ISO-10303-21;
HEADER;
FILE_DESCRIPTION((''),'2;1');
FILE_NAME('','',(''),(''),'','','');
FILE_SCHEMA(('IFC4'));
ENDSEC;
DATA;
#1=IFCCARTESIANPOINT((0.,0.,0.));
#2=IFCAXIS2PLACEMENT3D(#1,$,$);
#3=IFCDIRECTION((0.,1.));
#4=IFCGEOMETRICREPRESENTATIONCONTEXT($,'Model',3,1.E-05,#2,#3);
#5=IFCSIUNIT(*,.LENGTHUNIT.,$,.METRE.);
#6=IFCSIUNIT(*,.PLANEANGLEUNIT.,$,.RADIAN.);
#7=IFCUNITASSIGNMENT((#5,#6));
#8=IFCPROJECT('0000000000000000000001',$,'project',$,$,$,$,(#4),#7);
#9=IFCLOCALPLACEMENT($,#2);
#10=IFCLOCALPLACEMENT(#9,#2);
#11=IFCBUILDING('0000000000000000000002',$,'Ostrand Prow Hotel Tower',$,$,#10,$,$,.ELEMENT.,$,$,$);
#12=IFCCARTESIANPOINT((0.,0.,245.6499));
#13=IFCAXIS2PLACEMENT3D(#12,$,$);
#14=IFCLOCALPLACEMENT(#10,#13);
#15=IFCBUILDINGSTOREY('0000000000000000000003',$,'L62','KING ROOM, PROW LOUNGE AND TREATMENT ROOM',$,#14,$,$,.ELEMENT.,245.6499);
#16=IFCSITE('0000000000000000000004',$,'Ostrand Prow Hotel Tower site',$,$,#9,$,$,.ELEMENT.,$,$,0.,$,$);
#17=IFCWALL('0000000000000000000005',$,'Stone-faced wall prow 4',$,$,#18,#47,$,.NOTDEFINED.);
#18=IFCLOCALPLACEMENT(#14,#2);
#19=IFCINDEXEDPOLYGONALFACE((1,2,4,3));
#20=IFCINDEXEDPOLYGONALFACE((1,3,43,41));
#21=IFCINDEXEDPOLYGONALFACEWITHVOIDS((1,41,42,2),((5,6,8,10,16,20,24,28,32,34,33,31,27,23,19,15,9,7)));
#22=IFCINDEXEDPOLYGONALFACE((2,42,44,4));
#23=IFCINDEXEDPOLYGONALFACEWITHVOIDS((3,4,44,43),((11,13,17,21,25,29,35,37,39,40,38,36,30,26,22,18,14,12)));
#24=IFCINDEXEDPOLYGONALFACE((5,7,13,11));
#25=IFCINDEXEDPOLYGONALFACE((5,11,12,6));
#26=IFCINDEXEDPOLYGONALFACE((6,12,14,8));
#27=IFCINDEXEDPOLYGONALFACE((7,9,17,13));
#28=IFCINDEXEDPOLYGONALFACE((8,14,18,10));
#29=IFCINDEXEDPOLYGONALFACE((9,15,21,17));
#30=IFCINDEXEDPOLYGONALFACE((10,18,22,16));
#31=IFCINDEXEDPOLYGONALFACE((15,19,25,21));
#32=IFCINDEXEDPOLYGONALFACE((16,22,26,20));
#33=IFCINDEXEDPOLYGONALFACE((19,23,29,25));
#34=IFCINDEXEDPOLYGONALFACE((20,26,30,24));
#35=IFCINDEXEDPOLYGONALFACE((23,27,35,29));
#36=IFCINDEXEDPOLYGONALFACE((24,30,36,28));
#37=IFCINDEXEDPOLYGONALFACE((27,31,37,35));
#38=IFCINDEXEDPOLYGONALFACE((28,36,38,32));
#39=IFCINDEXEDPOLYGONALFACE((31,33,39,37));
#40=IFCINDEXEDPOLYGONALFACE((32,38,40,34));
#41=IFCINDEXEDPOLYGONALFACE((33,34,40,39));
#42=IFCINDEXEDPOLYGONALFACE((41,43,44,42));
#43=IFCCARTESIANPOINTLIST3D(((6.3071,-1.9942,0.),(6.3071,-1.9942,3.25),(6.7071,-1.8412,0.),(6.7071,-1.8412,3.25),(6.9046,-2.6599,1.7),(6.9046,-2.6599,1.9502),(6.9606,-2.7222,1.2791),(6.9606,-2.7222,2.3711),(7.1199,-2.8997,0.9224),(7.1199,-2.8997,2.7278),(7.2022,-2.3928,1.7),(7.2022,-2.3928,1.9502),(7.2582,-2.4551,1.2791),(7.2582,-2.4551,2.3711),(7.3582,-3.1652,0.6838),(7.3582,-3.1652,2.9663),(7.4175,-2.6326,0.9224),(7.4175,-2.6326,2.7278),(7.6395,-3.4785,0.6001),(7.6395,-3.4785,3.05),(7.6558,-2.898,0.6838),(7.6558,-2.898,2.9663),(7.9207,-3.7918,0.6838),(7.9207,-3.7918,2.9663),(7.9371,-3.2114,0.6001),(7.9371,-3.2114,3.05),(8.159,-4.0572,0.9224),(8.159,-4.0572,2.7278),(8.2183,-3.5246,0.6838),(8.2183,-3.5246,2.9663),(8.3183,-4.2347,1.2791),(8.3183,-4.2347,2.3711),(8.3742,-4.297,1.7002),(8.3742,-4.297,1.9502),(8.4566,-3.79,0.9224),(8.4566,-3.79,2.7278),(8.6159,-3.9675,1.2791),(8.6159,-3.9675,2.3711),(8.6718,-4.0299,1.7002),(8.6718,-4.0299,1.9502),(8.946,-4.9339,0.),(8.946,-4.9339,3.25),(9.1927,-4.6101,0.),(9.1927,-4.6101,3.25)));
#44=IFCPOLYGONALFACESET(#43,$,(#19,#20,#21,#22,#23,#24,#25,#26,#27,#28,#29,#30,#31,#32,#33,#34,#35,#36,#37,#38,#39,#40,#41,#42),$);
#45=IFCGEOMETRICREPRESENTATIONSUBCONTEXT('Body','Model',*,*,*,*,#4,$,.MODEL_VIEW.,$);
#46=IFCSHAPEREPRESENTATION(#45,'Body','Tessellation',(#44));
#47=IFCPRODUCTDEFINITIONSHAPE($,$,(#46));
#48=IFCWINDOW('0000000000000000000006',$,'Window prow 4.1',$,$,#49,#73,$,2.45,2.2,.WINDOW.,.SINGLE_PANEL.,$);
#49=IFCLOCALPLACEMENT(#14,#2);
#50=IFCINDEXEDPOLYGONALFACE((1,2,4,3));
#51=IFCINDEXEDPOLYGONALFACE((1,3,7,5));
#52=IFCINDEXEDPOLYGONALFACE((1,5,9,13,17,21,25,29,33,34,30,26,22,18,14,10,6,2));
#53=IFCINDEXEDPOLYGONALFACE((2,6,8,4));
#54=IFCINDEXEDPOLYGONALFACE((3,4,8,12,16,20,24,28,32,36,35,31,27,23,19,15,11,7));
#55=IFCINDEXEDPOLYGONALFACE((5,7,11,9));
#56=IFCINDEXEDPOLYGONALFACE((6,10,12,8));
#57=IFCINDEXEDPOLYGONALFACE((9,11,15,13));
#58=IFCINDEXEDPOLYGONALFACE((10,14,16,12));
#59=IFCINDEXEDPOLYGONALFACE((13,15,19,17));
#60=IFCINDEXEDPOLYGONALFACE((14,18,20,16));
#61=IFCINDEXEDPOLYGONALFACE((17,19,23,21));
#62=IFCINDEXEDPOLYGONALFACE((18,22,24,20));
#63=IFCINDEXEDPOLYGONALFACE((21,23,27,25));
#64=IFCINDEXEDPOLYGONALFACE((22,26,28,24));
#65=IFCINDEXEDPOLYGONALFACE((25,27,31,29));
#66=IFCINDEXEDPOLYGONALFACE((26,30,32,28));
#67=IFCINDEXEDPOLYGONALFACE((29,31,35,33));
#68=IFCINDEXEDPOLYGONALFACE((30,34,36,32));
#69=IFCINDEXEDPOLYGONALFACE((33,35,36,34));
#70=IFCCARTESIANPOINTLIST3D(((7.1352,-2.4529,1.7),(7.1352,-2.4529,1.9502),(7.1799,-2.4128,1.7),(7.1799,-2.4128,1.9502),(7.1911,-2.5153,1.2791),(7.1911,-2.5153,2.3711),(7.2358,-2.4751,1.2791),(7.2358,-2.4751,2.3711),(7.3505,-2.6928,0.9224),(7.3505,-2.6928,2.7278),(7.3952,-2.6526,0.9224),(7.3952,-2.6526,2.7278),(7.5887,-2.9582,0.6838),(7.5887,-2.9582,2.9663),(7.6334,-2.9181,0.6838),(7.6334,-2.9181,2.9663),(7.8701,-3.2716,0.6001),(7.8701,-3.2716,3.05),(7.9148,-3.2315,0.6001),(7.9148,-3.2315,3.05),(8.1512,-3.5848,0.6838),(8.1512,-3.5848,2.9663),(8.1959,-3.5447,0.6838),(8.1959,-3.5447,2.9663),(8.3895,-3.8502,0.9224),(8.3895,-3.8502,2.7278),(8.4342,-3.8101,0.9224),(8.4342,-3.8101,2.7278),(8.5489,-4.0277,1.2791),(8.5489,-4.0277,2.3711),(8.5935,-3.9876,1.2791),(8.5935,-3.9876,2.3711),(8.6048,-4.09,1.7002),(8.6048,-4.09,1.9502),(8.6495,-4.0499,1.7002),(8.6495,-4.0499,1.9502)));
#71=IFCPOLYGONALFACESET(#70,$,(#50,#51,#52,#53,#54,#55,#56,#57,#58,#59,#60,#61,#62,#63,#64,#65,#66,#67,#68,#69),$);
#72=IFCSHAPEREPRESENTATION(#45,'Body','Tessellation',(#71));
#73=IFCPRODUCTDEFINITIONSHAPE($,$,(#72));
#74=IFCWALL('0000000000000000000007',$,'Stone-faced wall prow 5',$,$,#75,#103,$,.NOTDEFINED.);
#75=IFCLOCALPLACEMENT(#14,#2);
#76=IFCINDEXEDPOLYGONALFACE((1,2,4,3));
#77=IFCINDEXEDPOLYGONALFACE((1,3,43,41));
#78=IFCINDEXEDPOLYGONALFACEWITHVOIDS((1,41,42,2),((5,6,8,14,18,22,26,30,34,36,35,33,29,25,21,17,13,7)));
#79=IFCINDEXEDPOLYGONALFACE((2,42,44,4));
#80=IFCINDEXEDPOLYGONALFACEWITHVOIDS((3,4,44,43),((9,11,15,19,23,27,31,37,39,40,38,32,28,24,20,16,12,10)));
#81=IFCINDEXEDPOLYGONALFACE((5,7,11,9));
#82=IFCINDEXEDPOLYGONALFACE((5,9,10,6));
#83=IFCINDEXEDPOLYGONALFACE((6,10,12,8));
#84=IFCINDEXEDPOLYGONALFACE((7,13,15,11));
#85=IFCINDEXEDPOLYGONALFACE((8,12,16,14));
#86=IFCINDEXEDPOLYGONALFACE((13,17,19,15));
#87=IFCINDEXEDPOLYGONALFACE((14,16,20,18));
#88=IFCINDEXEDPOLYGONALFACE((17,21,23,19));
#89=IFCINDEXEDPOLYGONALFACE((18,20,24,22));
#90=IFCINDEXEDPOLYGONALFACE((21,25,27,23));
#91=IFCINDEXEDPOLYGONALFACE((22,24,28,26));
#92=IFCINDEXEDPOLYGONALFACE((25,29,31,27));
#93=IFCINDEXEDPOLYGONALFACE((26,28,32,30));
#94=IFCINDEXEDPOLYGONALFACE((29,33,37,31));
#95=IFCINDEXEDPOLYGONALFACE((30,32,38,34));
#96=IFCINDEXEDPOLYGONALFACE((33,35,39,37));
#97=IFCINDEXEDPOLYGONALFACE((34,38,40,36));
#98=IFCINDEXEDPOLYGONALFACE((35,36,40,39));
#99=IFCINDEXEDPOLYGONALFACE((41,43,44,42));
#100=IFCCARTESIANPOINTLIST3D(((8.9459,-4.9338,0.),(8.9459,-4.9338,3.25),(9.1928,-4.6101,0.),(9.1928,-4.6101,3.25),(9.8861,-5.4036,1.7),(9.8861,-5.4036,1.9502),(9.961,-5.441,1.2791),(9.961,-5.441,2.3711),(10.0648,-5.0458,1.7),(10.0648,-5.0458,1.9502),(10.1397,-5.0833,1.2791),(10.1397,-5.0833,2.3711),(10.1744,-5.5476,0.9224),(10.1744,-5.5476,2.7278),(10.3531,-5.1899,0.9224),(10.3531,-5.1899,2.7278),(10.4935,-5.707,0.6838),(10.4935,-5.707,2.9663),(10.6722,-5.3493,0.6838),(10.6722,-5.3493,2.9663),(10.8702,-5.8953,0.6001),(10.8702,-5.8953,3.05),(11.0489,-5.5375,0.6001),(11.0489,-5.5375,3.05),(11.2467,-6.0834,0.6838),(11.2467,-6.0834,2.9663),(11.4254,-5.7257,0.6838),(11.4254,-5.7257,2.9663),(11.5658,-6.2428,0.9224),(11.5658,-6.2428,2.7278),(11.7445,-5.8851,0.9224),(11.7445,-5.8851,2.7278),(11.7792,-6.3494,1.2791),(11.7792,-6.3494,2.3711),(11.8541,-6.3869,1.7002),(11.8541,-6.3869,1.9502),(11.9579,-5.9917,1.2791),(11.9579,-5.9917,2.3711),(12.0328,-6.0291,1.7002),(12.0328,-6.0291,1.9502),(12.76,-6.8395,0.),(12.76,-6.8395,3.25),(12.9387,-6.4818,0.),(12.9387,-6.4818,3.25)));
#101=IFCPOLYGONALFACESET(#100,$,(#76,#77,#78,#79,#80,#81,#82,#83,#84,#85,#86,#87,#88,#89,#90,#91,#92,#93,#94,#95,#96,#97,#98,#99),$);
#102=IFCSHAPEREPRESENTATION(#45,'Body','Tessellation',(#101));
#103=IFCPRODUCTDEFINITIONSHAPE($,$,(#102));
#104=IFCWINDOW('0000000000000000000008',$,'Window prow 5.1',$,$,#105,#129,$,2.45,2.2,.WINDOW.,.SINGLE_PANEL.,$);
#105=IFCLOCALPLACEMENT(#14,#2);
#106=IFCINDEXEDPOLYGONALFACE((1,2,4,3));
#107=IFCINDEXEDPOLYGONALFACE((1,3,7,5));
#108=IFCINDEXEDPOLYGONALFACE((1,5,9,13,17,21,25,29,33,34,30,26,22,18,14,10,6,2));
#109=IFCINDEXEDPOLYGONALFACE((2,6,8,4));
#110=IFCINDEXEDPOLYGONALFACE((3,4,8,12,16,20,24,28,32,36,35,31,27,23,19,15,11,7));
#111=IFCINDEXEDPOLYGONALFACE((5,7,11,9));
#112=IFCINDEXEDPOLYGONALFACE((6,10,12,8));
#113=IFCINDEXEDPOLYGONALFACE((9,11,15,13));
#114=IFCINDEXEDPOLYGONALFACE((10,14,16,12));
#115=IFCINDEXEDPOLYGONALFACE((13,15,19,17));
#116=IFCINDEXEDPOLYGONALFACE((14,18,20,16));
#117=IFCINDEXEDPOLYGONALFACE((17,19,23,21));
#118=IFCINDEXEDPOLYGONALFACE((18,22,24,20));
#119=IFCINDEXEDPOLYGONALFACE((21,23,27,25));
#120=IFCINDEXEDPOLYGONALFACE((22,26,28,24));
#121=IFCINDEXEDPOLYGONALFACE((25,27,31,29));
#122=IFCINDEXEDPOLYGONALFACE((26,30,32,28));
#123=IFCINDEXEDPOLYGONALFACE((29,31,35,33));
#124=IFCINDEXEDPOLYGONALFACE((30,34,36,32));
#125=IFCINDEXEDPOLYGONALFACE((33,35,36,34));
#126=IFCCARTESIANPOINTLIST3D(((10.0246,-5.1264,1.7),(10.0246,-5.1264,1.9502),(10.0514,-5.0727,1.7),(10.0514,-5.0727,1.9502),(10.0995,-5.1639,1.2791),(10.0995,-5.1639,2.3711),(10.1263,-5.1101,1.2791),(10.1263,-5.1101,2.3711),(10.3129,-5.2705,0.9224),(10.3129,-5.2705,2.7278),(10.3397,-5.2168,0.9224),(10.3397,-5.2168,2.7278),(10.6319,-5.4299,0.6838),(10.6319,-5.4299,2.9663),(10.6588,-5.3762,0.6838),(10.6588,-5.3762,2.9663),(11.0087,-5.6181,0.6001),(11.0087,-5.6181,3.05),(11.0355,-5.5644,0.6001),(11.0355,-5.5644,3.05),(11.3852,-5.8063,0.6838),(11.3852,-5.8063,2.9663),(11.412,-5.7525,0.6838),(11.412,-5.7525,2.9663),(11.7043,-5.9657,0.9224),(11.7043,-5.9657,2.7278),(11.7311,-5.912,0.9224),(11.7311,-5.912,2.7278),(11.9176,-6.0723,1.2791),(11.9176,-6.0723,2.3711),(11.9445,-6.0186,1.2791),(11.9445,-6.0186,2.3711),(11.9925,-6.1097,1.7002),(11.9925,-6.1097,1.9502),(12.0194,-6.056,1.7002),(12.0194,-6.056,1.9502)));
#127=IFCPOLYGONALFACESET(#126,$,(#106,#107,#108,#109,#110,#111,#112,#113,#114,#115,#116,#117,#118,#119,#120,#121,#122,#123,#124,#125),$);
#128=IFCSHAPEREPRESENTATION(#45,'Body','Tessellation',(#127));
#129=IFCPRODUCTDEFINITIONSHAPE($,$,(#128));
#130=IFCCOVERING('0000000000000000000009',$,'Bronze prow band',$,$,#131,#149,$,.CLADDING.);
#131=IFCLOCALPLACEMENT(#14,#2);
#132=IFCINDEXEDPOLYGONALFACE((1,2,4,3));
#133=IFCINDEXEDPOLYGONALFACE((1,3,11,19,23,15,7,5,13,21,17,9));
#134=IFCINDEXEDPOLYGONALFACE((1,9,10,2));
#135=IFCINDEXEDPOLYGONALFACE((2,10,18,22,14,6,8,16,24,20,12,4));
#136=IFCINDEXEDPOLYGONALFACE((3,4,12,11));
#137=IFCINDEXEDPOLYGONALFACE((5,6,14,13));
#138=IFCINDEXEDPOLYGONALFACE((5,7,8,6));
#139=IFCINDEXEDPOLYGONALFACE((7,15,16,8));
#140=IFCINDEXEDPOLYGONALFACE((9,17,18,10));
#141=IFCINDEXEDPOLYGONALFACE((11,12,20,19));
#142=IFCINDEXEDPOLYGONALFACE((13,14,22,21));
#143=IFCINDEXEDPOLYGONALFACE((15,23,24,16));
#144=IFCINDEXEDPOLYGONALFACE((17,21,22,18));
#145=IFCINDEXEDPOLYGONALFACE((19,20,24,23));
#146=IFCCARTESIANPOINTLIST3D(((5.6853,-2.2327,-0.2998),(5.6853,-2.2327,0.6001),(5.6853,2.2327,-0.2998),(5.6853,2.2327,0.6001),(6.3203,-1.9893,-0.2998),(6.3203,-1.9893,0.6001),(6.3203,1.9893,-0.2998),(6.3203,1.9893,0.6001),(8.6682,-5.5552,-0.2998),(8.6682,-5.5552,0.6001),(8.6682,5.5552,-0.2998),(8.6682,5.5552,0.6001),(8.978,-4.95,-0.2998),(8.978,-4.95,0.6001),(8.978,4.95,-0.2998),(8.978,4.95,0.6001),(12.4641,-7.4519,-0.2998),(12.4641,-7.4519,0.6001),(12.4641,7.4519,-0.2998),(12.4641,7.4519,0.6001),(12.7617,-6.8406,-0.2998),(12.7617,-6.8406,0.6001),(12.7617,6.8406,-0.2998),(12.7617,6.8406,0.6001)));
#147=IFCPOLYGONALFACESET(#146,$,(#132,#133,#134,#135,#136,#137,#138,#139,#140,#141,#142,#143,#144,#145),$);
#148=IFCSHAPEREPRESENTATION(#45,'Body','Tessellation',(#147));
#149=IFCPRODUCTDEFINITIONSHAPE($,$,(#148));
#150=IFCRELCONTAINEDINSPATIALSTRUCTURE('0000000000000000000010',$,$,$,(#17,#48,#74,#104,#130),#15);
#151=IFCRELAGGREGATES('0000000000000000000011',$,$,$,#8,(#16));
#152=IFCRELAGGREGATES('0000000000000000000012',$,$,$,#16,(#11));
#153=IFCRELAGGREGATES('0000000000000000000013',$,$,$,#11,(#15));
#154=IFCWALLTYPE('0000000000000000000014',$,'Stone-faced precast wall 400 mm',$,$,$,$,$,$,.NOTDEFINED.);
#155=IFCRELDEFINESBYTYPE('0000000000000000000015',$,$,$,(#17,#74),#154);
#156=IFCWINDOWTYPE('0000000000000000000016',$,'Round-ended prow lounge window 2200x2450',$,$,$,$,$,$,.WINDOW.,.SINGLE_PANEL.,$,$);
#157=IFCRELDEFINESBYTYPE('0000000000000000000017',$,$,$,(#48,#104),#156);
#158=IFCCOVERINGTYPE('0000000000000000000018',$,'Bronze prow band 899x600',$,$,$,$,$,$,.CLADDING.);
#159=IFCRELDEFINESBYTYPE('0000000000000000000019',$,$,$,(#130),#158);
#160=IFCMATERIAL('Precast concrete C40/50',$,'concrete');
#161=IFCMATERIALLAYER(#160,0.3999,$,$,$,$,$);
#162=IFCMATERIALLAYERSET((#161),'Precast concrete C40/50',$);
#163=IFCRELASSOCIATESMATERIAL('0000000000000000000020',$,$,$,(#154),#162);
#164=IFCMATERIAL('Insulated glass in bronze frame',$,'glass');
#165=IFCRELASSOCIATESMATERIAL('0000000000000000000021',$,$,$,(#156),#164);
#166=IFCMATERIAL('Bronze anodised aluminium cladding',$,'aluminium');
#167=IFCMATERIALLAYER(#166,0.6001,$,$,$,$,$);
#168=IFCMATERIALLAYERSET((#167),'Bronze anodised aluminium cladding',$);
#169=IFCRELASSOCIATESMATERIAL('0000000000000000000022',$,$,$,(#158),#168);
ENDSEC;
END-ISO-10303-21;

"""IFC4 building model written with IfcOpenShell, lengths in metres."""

from ifc_helpers import new_model, si_unit, direction, frame, origin, place, context, subcontext, project, spatial, polyline, outline, extrude, material, layer, layer_set, type_object, element, fill, save


model = new_model("IFC4")

# Units and contexts
model_context = context("Model", 3, precision=1e-05, world=origin(), true_north=direction((0.0, 1.0)))
body_context = subcontext(model_context, "Body", "Model", "MODEL_VIEW")
ifc_project = project(units=[si_unit("LENGTHUNIT", "METRE"), si_unit("PLANEANGLEUNIT", "RADIAN")], contexts=[model_context])

# Site, building, storey
site_placement = place(None, origin())
site = spatial("IfcSite", under=ifc_project, at=site_placement, Name="Ostrand Prow Hotel Tower site", CompositionType="ELEMENT", RefElevation=0.0)
building_placement = place(site_placement, origin())
building = spatial("IfcBuilding", under=site, at=building_placement, Name="Ostrand Prow Hotel Tower", CompositionType="ELEMENT")
storey_placement = place(building_placement, frame((0.0, 0.0, 245.6499)))
storey = spatial("IfcBuildingStorey", under=building, at=storey_placement, Name="L62", Description="KING ROOM, PROW LOUNGE AND TREATMENT ROOM", CompositionType="ELEMENT", Elevation=245.6499)

# Walls, openings, windows
ifc_material_1 = material(Name="Precast concrete C40/50", Category="concrete")
ifc_layer_1 = layer(ifc_material_1, 0.3999)
ifc_layer_set_1 = layer_set([ifc_layer_1], Name="Precast concrete C40/50")
wall_type_1 = type_object("IfcWallType", Name="Stone-faced precast wall 400 mm", PredefinedType="NOTDEFINED", material=ifc_layer_set_1)
wall_1_placement = place(storey_placement, frame((6.5071, -1.9177, 0.0), z_axis=(0.0, 0.0, 1.0), x_axis=(0.668018, -0.744145, 0.0)))
wall_1 = element("IfcWall", 1, at=wall_1_placement, inside=storey, type_object=wall_type_1, Name="Stone-faced wall prow 4", PredefinedType="NOTDEFINED", context=body_context, shape_type="SweptSolid", body=[
    extrude(outline(polyline([(-0.0767, -0.2), (3.8738, -0.2), (3.7976, 0.2), (0.0767, 0.2), (-0.0767, -0.2)])), origin(), (0.0, 0.0, 1.0), 3.25),
])
opening_1_placement = place(wall_1_placement, frame((0.8179, 0.0, 0.6001)))
opening_1 = element("IfcOpeningElement", 2, at=opening_1_placement, cuts=wall_1, PredefinedType="OPENING", context=body_context, shape_type="SweptSolid", body=[
    extrude(outline(polyline([(0.0, 1.3501), (0.0837, 1.771), (0.3223, 2.1277), (0.679, 2.3662), (1.1001, 2.45), (1.521, 2.3662), (1.8777, 2.1277), (2.1162, 1.771), (2.2, 1.3501), (2.2, 1.1001), (2.1162, 0.679), (1.8777, 0.3223), (1.521, 0.0837), (1.1001, 0.0), (0.679, 0.0837), (0.3223, 0.3223), (0.0837, 0.679), (0.0, 1.0999), (0.0, 1.3501)])), frame((0.0, 0.21, 0.0), z_axis=(0.0, -1.0, 0.0), x_axis=(1.0, 0.0, 0.0)), (0.0, 0.0, 1.0), 0.4199),
])
ifc_material_2 = material(Name="Insulated glass in bronze frame", Category="glass")
window_type = type_object("IfcWindowType", Name="Round-ended prow lounge window 2200x2450", PartitioningType="SINGLE_PANEL", PredefinedType="WINDOW", material=ifc_material_2)
window_1_placement = place(opening_1_placement, origin())
window_1 = element("IfcWindow", 3, at=window_1_placement, inside=storey, type_object=window_type, Name="Window prow 4.1", OverallHeight=2.45, OverallWidth=2.2, PartitioningType="SINGLE_PANEL", PredefinedType="WINDOW", context=body_context, shape_type="SweptSolid", body=[
    extrude(outline(polyline([(0.0, 1.3501), (0.0837, 1.771), (0.3223, 2.1277), (0.679, 2.3662), (1.1001, 2.45), (1.521, 2.3662), (1.8777, 2.1277), (2.1162, 1.771), (2.2, 1.3501), (2.2, 1.1001), (2.1162, 0.679), (1.8777, 0.3223), (1.521, 0.0837), (1.1001, 0.0), (0.679, 0.0837), (0.3223, 0.3223), (0.0837, 0.679), (0.0, 1.0999), (0.0, 1.3501)])), frame((0.0, 0.1699, 0.0), z_axis=(0.0, -1.0, 0.0), x_axis=(1.0, 0.0, 0.0)), (0.0, 0.0, 1.0), 0.0601),
])
fill(opening_1, window_1)
wall_2_placement = place(storey_placement, frame((9.0693, -4.772, 0.0), z_axis=(0.0, 0.0, 1.0), x_axis=(0.894554, -0.446959, 0.0)))
wall_2 = element("IfcWall", 4, at=wall_2_placement, inside=storey, type_object=wall_type_1, Name="Stone-faced wall prow 5", PredefinedType="NOTDEFINED", context=body_context, shape_type="SweptSolid", body=[
    extrude(outline(polyline([(-0.0381, -0.2), (4.2256, -0.2), (4.2256, 0.2), (0.0381, 0.2), (-0.0381, -0.2)])), origin(), (0.0, 0.0, 1.0), 3.25),
])
opening_2_placement = place(wall_2_placement, frame((1.0129, 0.0, 0.6001)))
opening_2 = element("IfcOpeningElement", 5, at=opening_2_placement, cuts=wall_2, PredefinedType="OPENING", context=body_context, shape_type="SweptSolid", body=[
    extrude(outline(polyline([(0.0, 1.3501), (0.0837, 1.771), (0.3223, 2.1277), (0.679, 2.3662), (1.1001, 2.45), (1.521, 2.3662), (1.8777, 2.1277), (2.1162, 1.771), (2.2, 1.3501), (2.2, 1.1001), (2.1162, 0.679), (1.8777, 0.3223), (1.521, 0.0837), (1.1001, 0.0), (0.679, 0.0837), (0.3223, 0.3223), (0.0837, 0.679), (0.0, 1.0999), (0.0, 1.3501)])), frame((0.0, 0.21, 0.0), z_axis=(0.0, -1.0, 0.0), x_axis=(1.0, 0.0, 0.0)), (0.0, 0.0, 1.0), 0.4199),
])
window_2_placement = place(opening_2_placement, origin())
window_2 = element("IfcWindow", 6, at=window_2_placement, inside=storey, type_object=window_type, Name="Window prow 5.1", OverallHeight=2.45, OverallWidth=2.2, PartitioningType="SINGLE_PANEL", PredefinedType="WINDOW", context=body_context, shape_type="SweptSolid", body=[
    extrude(outline(polyline([(0.0, 1.3501), (0.0837, 1.771), (0.3223, 2.1277), (0.679, 2.3662), (1.1001, 2.45), (1.521, 2.3662), (1.8777, 2.1277), (2.1162, 1.771), (2.2, 1.3501), (2.2, 1.1001), (2.1162, 0.679), (1.8777, 0.3223), (1.521, 0.0837), (1.1001, 0.0), (0.679, 0.0837), (0.3223, 0.3223), (0.0837, 0.679), (0.0, 1.0999), (0.0, 1.3501)])), frame((0.0, 0.1699, 0.0), z_axis=(0.0, -1.0, 0.0), x_axis=(1.0, 0.0, 0.0)), (0.0, 0.0, 1.0), 0.0601),
])
fill(opening_2, window_2)

# Covering
ifc_material_3 = material(Name="Bronze anodised aluminium cladding", Category="aluminium")
ifc_layer_2 = layer(ifc_material_3, 0.6001)
ifc_layer_set_2 = layer_set([ifc_layer_2], Name="Bronze anodised aluminium cladding")
covering_type_1 = type_object("IfcCoveringType", Name="Bronze prow band 899x600", PredefinedType="CLADDING", material=ifc_layer_set_2)
covering_1_placement = place(storey_placement, frame((0.0, 0.0, -0.2998)))
element("IfcCovering", 7, at=covering_1_placement, inside=storey, type_object=covering_type_1, Name="Bronze prow band", PredefinedType="CLADDING", context=body_context, shape_type="SweptSolid", body=[
    extrude(outline(polyline([(12.4641, 7.4519), (8.6682, 5.5552), (5.6853, 2.2327), (5.6853, -2.2327), (8.6682, -5.5552), (12.4641, -7.4519), (12.7617, -6.8406), (8.978, -4.95), (6.3203, -1.9893), (6.3203, 1.9893), (8.978, 4.95), (12.7617, 6.8406), (12.4641, 7.4519)])), origin(), (0.0, 0.0, 1.0), 0.8999),
])

save(model, "model.ifc")
